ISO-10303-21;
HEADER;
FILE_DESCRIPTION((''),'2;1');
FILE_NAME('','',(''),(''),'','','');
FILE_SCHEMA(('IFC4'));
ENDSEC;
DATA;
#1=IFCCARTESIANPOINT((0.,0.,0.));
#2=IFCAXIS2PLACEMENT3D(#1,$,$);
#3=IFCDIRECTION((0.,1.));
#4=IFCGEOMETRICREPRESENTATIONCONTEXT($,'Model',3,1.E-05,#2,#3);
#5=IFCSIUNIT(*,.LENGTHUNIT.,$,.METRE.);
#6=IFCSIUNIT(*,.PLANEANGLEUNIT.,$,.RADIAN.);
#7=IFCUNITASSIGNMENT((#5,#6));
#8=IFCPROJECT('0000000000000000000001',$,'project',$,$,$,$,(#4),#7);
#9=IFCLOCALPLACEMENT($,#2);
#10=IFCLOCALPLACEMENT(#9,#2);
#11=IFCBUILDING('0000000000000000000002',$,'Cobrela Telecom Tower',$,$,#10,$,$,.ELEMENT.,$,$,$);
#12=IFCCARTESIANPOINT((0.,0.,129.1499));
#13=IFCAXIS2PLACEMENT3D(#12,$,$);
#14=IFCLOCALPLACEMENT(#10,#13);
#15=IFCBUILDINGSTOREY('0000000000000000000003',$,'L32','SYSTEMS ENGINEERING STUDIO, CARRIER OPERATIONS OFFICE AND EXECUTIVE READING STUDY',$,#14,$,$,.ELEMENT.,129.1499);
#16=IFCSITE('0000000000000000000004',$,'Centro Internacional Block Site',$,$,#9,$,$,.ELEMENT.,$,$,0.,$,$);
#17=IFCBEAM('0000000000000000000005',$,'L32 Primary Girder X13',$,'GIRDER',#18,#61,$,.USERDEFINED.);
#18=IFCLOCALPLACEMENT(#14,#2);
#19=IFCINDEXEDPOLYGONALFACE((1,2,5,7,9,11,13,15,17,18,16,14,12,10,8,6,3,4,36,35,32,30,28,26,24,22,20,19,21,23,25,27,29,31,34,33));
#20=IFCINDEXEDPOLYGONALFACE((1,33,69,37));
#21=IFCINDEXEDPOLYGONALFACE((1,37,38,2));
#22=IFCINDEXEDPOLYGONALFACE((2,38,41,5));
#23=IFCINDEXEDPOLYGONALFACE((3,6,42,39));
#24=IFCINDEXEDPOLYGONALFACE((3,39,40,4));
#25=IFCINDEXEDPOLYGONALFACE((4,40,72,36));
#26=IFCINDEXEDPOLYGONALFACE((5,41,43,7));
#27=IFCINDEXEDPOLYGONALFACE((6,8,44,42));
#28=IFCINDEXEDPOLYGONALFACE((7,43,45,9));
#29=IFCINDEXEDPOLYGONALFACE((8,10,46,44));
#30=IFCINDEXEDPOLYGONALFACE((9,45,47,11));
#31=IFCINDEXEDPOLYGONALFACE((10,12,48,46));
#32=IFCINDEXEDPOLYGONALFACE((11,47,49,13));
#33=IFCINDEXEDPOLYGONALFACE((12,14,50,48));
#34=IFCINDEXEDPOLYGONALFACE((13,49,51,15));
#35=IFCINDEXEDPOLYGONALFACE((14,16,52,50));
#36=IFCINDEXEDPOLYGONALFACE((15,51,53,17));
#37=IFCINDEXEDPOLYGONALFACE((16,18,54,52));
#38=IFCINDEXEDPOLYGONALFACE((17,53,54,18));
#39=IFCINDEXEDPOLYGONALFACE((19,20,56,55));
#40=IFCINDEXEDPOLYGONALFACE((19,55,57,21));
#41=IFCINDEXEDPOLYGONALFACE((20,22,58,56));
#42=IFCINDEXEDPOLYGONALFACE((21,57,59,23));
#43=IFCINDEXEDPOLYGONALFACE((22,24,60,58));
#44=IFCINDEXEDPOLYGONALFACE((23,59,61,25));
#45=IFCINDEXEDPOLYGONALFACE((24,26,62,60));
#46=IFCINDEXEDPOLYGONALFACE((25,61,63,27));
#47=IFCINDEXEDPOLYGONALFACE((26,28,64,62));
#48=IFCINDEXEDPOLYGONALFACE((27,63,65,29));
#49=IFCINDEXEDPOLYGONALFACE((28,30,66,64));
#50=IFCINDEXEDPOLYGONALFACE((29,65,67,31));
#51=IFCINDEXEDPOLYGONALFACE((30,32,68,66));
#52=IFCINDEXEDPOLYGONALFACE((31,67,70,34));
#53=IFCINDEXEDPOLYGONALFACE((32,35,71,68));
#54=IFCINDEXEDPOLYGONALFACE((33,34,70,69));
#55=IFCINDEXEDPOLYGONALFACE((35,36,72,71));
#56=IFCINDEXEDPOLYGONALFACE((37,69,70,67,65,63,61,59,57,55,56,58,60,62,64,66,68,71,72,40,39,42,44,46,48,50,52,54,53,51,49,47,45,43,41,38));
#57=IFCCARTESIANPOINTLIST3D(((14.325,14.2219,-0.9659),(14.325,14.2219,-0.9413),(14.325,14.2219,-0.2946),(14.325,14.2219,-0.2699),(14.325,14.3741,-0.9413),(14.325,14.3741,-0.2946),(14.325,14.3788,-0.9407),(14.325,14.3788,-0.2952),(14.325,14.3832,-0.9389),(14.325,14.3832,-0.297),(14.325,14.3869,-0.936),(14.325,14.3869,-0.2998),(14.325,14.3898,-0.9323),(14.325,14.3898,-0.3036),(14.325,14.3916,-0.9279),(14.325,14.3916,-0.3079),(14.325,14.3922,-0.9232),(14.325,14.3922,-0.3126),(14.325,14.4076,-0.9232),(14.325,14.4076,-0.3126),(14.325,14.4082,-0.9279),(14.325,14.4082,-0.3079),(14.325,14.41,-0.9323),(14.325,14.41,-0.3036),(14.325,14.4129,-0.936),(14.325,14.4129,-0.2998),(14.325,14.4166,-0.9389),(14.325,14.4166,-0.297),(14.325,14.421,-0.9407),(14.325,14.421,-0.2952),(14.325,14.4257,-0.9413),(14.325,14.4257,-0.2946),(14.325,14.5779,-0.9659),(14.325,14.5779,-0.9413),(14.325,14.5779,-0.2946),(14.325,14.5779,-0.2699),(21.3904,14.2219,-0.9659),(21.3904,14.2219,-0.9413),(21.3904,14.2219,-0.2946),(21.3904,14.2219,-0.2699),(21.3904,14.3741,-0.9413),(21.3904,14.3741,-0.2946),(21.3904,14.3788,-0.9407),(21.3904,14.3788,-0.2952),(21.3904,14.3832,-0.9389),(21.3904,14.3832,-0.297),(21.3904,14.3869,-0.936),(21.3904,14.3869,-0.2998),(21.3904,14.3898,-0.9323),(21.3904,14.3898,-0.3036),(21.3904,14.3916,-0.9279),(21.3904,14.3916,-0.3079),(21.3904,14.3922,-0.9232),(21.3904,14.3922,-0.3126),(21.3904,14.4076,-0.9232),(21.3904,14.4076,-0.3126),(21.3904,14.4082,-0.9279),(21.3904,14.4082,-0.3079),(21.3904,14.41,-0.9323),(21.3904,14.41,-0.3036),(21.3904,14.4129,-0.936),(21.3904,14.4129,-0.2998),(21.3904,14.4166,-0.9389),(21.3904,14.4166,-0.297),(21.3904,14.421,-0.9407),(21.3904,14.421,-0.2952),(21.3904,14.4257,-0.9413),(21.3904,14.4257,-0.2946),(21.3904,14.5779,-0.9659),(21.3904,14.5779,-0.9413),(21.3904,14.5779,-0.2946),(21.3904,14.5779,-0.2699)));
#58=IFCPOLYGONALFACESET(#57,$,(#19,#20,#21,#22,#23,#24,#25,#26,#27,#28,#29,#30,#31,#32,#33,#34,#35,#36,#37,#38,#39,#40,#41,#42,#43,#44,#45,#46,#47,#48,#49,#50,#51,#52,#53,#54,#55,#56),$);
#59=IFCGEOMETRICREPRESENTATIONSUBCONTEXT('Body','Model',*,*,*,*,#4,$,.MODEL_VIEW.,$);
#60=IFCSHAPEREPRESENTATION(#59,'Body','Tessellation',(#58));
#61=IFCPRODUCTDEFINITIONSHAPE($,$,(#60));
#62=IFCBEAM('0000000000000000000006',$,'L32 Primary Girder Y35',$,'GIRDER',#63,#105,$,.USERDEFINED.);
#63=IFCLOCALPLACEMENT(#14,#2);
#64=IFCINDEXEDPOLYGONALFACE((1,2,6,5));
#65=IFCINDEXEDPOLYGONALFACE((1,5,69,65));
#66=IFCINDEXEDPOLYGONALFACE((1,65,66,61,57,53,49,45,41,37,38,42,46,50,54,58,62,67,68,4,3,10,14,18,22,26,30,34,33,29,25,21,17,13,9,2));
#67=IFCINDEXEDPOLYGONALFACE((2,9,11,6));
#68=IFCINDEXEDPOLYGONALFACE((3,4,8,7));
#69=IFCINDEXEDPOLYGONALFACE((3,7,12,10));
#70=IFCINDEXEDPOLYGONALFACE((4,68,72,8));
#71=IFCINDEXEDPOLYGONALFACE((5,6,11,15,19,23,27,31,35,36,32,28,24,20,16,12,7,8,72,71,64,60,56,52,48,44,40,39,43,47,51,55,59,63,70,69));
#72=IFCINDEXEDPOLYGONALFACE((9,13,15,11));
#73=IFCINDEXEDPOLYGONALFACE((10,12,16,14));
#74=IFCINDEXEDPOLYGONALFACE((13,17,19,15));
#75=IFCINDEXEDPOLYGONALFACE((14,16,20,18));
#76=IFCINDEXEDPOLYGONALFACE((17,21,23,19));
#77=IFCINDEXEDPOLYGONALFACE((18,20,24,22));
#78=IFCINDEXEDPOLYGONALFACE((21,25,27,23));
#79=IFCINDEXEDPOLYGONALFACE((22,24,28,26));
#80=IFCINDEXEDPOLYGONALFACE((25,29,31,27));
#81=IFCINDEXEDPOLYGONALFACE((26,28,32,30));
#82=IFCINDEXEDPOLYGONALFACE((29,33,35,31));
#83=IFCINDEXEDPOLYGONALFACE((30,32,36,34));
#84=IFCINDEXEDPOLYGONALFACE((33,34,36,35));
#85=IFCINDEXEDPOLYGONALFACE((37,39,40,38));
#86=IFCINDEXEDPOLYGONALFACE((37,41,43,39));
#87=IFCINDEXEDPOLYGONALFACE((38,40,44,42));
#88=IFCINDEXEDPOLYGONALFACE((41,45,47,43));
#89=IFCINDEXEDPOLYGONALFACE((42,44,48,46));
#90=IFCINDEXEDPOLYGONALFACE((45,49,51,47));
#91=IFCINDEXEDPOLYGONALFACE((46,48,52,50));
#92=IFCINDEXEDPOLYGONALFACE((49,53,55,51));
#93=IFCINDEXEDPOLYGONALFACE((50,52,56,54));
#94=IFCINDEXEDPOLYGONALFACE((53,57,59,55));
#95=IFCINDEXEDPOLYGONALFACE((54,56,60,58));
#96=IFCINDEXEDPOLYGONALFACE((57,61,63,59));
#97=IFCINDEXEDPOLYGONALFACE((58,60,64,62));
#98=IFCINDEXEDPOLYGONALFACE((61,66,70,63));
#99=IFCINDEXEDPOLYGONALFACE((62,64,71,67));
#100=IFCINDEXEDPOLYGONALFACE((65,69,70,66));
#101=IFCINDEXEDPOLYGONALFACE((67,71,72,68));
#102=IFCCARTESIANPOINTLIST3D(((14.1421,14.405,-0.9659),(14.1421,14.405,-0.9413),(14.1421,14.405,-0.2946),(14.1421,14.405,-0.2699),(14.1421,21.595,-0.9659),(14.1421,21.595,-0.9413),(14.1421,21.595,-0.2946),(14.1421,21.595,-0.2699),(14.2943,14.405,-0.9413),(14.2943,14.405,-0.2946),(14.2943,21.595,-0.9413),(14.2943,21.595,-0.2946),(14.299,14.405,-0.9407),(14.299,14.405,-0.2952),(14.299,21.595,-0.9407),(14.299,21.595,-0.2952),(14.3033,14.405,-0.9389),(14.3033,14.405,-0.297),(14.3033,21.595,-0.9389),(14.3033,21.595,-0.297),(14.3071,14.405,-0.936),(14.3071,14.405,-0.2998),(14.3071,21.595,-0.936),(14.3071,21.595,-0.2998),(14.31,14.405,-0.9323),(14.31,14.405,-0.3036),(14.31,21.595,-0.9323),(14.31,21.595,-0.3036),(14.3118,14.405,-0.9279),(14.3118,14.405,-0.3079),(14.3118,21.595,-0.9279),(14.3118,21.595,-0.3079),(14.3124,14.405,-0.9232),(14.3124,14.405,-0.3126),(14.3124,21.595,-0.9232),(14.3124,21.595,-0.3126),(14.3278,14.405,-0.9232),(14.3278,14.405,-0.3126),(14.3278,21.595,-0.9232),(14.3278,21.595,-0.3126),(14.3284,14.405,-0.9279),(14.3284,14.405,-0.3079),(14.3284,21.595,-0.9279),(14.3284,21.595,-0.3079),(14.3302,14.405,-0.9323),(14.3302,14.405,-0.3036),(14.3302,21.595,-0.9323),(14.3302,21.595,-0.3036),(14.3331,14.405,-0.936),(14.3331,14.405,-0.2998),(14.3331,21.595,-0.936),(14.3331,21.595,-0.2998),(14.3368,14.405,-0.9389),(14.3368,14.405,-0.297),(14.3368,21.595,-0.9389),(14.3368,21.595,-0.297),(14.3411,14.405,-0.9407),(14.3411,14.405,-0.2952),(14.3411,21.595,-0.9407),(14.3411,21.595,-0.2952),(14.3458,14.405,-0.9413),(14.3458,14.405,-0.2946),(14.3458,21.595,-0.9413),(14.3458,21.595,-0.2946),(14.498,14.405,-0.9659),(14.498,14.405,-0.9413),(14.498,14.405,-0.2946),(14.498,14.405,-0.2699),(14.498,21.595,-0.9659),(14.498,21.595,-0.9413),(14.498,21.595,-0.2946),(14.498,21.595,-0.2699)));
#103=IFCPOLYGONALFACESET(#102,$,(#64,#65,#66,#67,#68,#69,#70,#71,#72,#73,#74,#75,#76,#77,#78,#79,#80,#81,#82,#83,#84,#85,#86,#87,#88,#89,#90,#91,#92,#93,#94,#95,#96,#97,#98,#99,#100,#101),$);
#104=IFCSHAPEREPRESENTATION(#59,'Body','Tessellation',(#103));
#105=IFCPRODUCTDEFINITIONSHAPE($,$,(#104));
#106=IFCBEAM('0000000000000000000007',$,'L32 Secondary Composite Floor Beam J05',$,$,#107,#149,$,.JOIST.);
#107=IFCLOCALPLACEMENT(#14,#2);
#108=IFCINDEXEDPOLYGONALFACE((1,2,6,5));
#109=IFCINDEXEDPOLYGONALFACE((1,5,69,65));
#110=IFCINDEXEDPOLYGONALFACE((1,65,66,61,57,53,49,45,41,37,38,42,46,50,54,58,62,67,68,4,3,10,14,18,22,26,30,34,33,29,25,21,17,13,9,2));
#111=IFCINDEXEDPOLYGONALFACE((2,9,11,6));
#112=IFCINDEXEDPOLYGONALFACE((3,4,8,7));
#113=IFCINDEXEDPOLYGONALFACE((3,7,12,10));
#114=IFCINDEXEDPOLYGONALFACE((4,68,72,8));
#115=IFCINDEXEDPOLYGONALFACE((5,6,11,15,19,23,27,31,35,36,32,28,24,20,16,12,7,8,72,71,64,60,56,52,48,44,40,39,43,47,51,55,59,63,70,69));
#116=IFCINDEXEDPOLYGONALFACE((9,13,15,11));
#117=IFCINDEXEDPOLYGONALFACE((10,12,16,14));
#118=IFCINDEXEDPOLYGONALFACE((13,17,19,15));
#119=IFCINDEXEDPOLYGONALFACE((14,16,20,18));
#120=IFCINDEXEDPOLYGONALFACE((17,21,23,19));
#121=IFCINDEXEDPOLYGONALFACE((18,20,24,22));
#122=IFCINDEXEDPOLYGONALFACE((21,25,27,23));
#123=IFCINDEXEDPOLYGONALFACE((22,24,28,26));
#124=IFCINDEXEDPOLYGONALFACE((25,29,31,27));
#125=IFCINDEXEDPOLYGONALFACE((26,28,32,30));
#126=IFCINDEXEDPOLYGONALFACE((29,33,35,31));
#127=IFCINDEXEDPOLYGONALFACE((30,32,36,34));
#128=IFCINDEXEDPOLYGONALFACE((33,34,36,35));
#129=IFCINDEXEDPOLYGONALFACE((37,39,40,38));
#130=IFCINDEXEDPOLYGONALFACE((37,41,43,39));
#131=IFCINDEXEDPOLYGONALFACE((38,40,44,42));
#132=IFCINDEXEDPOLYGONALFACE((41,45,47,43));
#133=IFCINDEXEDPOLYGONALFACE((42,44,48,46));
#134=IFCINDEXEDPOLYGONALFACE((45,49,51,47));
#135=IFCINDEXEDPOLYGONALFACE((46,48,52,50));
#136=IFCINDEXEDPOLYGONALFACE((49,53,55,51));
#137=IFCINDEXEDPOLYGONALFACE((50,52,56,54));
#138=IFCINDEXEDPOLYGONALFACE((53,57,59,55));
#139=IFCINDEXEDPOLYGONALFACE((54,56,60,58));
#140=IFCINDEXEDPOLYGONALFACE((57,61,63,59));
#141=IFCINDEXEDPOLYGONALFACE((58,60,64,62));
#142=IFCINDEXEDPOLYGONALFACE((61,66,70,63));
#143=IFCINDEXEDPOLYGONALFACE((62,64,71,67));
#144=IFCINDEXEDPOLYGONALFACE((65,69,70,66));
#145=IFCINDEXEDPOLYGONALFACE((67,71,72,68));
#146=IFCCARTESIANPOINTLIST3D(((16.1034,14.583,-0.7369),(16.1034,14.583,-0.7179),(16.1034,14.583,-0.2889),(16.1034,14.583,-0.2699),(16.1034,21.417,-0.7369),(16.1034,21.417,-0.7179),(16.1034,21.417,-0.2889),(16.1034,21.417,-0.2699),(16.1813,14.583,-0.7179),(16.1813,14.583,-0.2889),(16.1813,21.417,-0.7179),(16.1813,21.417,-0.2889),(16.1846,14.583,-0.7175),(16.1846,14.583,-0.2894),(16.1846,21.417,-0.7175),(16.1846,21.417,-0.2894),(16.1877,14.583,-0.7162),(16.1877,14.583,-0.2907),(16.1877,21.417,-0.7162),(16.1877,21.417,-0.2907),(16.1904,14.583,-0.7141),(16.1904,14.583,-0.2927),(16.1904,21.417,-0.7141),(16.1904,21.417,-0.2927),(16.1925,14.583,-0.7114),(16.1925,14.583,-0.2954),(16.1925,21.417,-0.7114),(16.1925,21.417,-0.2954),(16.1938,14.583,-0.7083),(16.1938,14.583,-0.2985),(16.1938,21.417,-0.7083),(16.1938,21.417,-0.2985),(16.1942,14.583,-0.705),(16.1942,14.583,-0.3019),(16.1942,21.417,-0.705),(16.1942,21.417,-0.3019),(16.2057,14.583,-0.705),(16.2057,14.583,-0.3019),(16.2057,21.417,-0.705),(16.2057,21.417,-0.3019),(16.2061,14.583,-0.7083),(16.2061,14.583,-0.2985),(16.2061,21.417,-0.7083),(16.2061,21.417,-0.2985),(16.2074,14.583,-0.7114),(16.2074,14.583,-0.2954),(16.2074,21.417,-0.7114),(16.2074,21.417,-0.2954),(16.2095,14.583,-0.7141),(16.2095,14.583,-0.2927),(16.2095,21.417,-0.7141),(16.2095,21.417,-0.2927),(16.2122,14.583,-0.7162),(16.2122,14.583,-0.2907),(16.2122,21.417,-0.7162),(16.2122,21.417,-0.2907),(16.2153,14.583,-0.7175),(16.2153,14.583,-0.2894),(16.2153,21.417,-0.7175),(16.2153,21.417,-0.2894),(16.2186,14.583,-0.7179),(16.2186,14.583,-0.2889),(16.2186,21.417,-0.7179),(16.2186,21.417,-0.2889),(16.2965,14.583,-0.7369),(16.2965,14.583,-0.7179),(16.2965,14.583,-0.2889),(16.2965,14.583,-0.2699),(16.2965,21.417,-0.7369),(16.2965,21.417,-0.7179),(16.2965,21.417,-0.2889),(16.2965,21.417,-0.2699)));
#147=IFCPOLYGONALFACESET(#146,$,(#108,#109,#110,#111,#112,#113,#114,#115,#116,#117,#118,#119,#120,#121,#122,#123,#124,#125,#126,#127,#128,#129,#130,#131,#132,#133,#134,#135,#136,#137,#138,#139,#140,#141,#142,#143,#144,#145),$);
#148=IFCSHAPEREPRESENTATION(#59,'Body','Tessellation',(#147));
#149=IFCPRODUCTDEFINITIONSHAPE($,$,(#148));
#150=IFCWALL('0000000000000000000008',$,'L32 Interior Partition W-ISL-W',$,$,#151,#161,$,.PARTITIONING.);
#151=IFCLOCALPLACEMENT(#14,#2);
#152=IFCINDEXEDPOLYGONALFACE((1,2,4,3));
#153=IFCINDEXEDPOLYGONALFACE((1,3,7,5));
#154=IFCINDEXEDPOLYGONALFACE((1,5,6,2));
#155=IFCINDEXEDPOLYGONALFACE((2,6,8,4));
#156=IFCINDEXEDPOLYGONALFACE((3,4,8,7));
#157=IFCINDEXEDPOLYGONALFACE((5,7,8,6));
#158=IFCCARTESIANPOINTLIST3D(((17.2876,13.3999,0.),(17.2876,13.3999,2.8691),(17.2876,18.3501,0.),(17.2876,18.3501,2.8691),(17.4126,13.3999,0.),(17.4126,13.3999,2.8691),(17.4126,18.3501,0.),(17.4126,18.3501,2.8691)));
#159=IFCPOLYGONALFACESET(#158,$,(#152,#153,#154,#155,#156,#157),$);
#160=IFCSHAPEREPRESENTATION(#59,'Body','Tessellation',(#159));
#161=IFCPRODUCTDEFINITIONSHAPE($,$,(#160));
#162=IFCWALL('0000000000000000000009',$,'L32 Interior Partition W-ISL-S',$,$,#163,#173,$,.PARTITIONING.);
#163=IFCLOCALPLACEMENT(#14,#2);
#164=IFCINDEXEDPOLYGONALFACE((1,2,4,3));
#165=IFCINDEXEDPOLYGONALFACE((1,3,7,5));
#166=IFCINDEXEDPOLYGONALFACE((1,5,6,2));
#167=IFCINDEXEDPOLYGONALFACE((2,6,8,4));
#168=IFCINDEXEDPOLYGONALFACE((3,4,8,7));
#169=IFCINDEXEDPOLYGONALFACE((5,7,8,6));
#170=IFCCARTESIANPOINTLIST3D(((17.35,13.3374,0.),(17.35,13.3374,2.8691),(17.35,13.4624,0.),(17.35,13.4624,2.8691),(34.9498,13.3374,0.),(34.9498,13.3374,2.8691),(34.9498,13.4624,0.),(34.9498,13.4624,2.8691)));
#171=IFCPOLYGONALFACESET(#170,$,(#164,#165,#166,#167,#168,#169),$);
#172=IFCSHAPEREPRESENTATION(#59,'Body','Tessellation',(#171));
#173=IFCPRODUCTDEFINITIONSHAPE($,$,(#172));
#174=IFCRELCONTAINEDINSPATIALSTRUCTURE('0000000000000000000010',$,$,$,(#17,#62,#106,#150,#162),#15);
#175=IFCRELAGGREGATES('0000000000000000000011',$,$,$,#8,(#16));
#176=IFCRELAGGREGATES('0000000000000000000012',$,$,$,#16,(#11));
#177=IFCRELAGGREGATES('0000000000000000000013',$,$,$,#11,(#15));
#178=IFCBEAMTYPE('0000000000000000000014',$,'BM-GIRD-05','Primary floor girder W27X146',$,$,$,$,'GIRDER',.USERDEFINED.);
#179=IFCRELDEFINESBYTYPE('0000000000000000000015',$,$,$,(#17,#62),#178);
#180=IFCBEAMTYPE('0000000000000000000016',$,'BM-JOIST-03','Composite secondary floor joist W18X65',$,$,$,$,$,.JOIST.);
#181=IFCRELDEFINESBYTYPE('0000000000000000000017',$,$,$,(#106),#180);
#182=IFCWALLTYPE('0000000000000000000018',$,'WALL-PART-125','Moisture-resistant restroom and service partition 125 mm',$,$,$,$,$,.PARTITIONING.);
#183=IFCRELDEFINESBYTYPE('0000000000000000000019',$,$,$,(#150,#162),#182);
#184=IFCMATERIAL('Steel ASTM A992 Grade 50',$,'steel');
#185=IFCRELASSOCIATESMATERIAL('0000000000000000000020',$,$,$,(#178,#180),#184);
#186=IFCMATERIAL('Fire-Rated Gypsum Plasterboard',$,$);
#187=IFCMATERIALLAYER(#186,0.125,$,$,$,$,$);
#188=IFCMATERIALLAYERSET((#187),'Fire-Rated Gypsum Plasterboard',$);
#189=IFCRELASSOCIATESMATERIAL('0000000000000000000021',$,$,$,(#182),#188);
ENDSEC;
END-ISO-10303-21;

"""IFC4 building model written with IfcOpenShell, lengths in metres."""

from ifc_helpers import new_model, si_unit, direction, frame, frame_2d, origin, origin_2d, place, context, subcontext, project, spatial, rectangle, i_section, extrude, material, layer, layer_set, material_profile, profile_set, type_object, element, save


model = new_model("IFC4")

# Units and contexts
model_context = context("Model", 3, precision=1e-05, world=origin(), true_north=direction((0.0, 1.0)))
body_context = subcontext(model_context, "Body", "Model", "MODEL_VIEW")
ifc_project = project(units=[si_unit("LENGTHUNIT", "METRE"), si_unit("PLANEANGLEUNIT", "RADIAN")], contexts=[model_context])

# Site, building, storey
site_placement = place(None, origin())
site = spatial("IfcSite", under=ifc_project, at=site_placement, Name="Centro Internacional Block Site", CompositionType="ELEMENT", RefElevation=0.0)
building_placement = place(site_placement, origin())
building = spatial("IfcBuilding", under=site, at=building_placement, Name="Cobrela Telecom Tower", CompositionType="ELEMENT")
storey_placement = place(building_placement, frame((0.0, 0.0, 129.1499)))
storey = spatial("IfcBuildingStorey", under=building, at=storey_placement, Name="L32", Description="SYSTEMS ENGINEERING STUDIO, CARRIER OPERATIONS OFFICE AND EXECUTIVE READING STUDY", CompositionType="ELEMENT", Elevation=129.1499)

# Beams
ifc_material_1 = material(Name="Steel ASTM A992 Grade 50", Category="steel")
ifc_material_profile_1 = material_profile(ifc_material_1, i_section(OverallWidth=0.356, OverallDepth=0.696, WebThickness=0.0154, FlangeThickness=0.0247, FilletRadius=0.0181, at=origin_2d()), Name="W27X146")
ifc_profile_set_1 = profile_set([ifc_material_profile_1], Name="Steel ASTM A992 Grade 50")
beam_type_1 = type_object("IfcBeamType", Name="BM-GIRD-05", Description="Primary floor girder W27X146", ElementType="GIRDER", PredefinedType="USERDEFINED", material=ifc_profile_set_1)
beam_1_placement = place(storey_placement, frame((14.325, 14.3999, -0.6179), z_axis=(1.0, 0.0, 0.0), x_axis=(0.0, 1.0, 0.0)))
element("IfcBeam", 1, at=beam_1_placement, inside=storey, type_object=beam_type_1, Name="L32 Primary Girder X13", ObjectType="GIRDER", PredefinedType="USERDEFINED", context=body_context, shape_type="SweptSolid", body=[
    extrude(i_section(OverallWidth=0.356, OverallDepth=0.696, WebThickness=0.0154, FlangeThickness=0.0247, FilletRadius=0.0181, at=origin_2d()), origin(), (0.0, 0.0, 1.0), 7.0654),
])
beam_2_placement = place(storey_placement, frame((14.3201, 14.405, -0.6179), z_axis=(0.0, 1.0, 0.0), x_axis=(-1.0, 0.0, 0.0)))
element("IfcBeam", 2, at=beam_2_placement, inside=storey, type_object=beam_type_1, Name="L32 Primary Girder Y35", ObjectType="GIRDER", PredefinedType="USERDEFINED", context=body_context, shape_type="SweptSolid", body=[
    extrude(i_section(OverallWidth=0.356, OverallDepth=0.696, WebThickness=0.0154, FlangeThickness=0.0247, FilletRadius=0.0181, at=origin_2d()), origin(), (0.0, 0.0, 1.0), 7.1899),
])
ifc_material_profile_2 = material_profile(ifc_material_1, i_section(OverallWidth=0.1931, OverallDepth=0.467, WebThickness=0.0115, FlangeThickness=0.019, FilletRadius=0.0129, at=origin_2d()), Name="W18X65")
ifc_profile_set_2 = profile_set([ifc_material_profile_2], Name="Steel ASTM A992 Grade 50")
beam_type_2 = type_object("IfcBeamType", Name="BM-JOIST-03", Description="Composite secondary floor joist W18X65", PredefinedType="JOIST", material=ifc_profile_set_2)
beam_3_placement = place(storey_placement, frame((16.2, 14.583, -0.5034), z_axis=(0.0, 1.0, 0.0), x_axis=(-1.0, 0.0, 0.0)))
element("IfcBeam", 3, at=beam_3_placement, inside=storey, type_object=beam_type_2, Name="L32 Secondary Composite Floor Beam J05", PredefinedType="JOIST", context=body_context, shape_type="SweptSolid", body=[
    extrude(i_section(OverallWidth=0.1931, OverallDepth=0.467, WebThickness=0.0115, FlangeThickness=0.019, FilletRadius=0.0129, at=origin_2d()), origin(), (0.0, 0.0, 1.0), 6.834),
])

# Walls
ifc_material_2 = material(Name="Fire-Rated Gypsum Plasterboard")
ifc_layer_1 = layer(ifc_material_2, 0.125)
ifc_layer_set_1 = layer_set([ifc_layer_1], Name="Fire-Rated Gypsum Plasterboard")
wall_type_1 = type_object("IfcWallType", Name="WALL-PART-125", Description="Moisture-resistant restroom and service partition 125 mm", PredefinedType="PARTITIONING", material=ifc_layer_set_1)
wall_1_placement = place(storey_placement, frame((17.3501, 13.3999, 0.0), z_axis=(0.0, 0.0, 1.0), x_axis=(0.0, 1.0, 0.0)))
element("IfcWall", 4, at=wall_1_placement, inside=storey, type_object=wall_type_1, Name="L32 Interior Partition W-ISL-W", PredefinedType="PARTITIONING", context=body_context, shape_type="SweptSolid", body=[
    extrude(rectangle(XDim=4.9502, YDim=0.125, at=frame_2d((2.4751, 0.0))), origin(), (0.0, 0.0, 1.0), 2.8691),
])
wall_2_placement = place(storey_placement, frame((17.3501, 13.3999, 0.0), z_axis=(0.0, 0.0, 1.0), x_axis=(1.0, 0.0, 0.0)))
element("IfcWall", 5, at=wall_2_placement, inside=storey, type_object=wall_type_1, Name="L32 Interior Partition W-ISL-S", PredefinedType="PARTITIONING", context=body_context, shape_type="SweptSolid", body=[
    extrude(rectangle(XDim=17.5999, YDim=0.125, at=frame_2d((8.7998, 0.0))), origin(), (0.0, 0.0, 1.0), 2.8691),
])

save(model, "model.ifc")
